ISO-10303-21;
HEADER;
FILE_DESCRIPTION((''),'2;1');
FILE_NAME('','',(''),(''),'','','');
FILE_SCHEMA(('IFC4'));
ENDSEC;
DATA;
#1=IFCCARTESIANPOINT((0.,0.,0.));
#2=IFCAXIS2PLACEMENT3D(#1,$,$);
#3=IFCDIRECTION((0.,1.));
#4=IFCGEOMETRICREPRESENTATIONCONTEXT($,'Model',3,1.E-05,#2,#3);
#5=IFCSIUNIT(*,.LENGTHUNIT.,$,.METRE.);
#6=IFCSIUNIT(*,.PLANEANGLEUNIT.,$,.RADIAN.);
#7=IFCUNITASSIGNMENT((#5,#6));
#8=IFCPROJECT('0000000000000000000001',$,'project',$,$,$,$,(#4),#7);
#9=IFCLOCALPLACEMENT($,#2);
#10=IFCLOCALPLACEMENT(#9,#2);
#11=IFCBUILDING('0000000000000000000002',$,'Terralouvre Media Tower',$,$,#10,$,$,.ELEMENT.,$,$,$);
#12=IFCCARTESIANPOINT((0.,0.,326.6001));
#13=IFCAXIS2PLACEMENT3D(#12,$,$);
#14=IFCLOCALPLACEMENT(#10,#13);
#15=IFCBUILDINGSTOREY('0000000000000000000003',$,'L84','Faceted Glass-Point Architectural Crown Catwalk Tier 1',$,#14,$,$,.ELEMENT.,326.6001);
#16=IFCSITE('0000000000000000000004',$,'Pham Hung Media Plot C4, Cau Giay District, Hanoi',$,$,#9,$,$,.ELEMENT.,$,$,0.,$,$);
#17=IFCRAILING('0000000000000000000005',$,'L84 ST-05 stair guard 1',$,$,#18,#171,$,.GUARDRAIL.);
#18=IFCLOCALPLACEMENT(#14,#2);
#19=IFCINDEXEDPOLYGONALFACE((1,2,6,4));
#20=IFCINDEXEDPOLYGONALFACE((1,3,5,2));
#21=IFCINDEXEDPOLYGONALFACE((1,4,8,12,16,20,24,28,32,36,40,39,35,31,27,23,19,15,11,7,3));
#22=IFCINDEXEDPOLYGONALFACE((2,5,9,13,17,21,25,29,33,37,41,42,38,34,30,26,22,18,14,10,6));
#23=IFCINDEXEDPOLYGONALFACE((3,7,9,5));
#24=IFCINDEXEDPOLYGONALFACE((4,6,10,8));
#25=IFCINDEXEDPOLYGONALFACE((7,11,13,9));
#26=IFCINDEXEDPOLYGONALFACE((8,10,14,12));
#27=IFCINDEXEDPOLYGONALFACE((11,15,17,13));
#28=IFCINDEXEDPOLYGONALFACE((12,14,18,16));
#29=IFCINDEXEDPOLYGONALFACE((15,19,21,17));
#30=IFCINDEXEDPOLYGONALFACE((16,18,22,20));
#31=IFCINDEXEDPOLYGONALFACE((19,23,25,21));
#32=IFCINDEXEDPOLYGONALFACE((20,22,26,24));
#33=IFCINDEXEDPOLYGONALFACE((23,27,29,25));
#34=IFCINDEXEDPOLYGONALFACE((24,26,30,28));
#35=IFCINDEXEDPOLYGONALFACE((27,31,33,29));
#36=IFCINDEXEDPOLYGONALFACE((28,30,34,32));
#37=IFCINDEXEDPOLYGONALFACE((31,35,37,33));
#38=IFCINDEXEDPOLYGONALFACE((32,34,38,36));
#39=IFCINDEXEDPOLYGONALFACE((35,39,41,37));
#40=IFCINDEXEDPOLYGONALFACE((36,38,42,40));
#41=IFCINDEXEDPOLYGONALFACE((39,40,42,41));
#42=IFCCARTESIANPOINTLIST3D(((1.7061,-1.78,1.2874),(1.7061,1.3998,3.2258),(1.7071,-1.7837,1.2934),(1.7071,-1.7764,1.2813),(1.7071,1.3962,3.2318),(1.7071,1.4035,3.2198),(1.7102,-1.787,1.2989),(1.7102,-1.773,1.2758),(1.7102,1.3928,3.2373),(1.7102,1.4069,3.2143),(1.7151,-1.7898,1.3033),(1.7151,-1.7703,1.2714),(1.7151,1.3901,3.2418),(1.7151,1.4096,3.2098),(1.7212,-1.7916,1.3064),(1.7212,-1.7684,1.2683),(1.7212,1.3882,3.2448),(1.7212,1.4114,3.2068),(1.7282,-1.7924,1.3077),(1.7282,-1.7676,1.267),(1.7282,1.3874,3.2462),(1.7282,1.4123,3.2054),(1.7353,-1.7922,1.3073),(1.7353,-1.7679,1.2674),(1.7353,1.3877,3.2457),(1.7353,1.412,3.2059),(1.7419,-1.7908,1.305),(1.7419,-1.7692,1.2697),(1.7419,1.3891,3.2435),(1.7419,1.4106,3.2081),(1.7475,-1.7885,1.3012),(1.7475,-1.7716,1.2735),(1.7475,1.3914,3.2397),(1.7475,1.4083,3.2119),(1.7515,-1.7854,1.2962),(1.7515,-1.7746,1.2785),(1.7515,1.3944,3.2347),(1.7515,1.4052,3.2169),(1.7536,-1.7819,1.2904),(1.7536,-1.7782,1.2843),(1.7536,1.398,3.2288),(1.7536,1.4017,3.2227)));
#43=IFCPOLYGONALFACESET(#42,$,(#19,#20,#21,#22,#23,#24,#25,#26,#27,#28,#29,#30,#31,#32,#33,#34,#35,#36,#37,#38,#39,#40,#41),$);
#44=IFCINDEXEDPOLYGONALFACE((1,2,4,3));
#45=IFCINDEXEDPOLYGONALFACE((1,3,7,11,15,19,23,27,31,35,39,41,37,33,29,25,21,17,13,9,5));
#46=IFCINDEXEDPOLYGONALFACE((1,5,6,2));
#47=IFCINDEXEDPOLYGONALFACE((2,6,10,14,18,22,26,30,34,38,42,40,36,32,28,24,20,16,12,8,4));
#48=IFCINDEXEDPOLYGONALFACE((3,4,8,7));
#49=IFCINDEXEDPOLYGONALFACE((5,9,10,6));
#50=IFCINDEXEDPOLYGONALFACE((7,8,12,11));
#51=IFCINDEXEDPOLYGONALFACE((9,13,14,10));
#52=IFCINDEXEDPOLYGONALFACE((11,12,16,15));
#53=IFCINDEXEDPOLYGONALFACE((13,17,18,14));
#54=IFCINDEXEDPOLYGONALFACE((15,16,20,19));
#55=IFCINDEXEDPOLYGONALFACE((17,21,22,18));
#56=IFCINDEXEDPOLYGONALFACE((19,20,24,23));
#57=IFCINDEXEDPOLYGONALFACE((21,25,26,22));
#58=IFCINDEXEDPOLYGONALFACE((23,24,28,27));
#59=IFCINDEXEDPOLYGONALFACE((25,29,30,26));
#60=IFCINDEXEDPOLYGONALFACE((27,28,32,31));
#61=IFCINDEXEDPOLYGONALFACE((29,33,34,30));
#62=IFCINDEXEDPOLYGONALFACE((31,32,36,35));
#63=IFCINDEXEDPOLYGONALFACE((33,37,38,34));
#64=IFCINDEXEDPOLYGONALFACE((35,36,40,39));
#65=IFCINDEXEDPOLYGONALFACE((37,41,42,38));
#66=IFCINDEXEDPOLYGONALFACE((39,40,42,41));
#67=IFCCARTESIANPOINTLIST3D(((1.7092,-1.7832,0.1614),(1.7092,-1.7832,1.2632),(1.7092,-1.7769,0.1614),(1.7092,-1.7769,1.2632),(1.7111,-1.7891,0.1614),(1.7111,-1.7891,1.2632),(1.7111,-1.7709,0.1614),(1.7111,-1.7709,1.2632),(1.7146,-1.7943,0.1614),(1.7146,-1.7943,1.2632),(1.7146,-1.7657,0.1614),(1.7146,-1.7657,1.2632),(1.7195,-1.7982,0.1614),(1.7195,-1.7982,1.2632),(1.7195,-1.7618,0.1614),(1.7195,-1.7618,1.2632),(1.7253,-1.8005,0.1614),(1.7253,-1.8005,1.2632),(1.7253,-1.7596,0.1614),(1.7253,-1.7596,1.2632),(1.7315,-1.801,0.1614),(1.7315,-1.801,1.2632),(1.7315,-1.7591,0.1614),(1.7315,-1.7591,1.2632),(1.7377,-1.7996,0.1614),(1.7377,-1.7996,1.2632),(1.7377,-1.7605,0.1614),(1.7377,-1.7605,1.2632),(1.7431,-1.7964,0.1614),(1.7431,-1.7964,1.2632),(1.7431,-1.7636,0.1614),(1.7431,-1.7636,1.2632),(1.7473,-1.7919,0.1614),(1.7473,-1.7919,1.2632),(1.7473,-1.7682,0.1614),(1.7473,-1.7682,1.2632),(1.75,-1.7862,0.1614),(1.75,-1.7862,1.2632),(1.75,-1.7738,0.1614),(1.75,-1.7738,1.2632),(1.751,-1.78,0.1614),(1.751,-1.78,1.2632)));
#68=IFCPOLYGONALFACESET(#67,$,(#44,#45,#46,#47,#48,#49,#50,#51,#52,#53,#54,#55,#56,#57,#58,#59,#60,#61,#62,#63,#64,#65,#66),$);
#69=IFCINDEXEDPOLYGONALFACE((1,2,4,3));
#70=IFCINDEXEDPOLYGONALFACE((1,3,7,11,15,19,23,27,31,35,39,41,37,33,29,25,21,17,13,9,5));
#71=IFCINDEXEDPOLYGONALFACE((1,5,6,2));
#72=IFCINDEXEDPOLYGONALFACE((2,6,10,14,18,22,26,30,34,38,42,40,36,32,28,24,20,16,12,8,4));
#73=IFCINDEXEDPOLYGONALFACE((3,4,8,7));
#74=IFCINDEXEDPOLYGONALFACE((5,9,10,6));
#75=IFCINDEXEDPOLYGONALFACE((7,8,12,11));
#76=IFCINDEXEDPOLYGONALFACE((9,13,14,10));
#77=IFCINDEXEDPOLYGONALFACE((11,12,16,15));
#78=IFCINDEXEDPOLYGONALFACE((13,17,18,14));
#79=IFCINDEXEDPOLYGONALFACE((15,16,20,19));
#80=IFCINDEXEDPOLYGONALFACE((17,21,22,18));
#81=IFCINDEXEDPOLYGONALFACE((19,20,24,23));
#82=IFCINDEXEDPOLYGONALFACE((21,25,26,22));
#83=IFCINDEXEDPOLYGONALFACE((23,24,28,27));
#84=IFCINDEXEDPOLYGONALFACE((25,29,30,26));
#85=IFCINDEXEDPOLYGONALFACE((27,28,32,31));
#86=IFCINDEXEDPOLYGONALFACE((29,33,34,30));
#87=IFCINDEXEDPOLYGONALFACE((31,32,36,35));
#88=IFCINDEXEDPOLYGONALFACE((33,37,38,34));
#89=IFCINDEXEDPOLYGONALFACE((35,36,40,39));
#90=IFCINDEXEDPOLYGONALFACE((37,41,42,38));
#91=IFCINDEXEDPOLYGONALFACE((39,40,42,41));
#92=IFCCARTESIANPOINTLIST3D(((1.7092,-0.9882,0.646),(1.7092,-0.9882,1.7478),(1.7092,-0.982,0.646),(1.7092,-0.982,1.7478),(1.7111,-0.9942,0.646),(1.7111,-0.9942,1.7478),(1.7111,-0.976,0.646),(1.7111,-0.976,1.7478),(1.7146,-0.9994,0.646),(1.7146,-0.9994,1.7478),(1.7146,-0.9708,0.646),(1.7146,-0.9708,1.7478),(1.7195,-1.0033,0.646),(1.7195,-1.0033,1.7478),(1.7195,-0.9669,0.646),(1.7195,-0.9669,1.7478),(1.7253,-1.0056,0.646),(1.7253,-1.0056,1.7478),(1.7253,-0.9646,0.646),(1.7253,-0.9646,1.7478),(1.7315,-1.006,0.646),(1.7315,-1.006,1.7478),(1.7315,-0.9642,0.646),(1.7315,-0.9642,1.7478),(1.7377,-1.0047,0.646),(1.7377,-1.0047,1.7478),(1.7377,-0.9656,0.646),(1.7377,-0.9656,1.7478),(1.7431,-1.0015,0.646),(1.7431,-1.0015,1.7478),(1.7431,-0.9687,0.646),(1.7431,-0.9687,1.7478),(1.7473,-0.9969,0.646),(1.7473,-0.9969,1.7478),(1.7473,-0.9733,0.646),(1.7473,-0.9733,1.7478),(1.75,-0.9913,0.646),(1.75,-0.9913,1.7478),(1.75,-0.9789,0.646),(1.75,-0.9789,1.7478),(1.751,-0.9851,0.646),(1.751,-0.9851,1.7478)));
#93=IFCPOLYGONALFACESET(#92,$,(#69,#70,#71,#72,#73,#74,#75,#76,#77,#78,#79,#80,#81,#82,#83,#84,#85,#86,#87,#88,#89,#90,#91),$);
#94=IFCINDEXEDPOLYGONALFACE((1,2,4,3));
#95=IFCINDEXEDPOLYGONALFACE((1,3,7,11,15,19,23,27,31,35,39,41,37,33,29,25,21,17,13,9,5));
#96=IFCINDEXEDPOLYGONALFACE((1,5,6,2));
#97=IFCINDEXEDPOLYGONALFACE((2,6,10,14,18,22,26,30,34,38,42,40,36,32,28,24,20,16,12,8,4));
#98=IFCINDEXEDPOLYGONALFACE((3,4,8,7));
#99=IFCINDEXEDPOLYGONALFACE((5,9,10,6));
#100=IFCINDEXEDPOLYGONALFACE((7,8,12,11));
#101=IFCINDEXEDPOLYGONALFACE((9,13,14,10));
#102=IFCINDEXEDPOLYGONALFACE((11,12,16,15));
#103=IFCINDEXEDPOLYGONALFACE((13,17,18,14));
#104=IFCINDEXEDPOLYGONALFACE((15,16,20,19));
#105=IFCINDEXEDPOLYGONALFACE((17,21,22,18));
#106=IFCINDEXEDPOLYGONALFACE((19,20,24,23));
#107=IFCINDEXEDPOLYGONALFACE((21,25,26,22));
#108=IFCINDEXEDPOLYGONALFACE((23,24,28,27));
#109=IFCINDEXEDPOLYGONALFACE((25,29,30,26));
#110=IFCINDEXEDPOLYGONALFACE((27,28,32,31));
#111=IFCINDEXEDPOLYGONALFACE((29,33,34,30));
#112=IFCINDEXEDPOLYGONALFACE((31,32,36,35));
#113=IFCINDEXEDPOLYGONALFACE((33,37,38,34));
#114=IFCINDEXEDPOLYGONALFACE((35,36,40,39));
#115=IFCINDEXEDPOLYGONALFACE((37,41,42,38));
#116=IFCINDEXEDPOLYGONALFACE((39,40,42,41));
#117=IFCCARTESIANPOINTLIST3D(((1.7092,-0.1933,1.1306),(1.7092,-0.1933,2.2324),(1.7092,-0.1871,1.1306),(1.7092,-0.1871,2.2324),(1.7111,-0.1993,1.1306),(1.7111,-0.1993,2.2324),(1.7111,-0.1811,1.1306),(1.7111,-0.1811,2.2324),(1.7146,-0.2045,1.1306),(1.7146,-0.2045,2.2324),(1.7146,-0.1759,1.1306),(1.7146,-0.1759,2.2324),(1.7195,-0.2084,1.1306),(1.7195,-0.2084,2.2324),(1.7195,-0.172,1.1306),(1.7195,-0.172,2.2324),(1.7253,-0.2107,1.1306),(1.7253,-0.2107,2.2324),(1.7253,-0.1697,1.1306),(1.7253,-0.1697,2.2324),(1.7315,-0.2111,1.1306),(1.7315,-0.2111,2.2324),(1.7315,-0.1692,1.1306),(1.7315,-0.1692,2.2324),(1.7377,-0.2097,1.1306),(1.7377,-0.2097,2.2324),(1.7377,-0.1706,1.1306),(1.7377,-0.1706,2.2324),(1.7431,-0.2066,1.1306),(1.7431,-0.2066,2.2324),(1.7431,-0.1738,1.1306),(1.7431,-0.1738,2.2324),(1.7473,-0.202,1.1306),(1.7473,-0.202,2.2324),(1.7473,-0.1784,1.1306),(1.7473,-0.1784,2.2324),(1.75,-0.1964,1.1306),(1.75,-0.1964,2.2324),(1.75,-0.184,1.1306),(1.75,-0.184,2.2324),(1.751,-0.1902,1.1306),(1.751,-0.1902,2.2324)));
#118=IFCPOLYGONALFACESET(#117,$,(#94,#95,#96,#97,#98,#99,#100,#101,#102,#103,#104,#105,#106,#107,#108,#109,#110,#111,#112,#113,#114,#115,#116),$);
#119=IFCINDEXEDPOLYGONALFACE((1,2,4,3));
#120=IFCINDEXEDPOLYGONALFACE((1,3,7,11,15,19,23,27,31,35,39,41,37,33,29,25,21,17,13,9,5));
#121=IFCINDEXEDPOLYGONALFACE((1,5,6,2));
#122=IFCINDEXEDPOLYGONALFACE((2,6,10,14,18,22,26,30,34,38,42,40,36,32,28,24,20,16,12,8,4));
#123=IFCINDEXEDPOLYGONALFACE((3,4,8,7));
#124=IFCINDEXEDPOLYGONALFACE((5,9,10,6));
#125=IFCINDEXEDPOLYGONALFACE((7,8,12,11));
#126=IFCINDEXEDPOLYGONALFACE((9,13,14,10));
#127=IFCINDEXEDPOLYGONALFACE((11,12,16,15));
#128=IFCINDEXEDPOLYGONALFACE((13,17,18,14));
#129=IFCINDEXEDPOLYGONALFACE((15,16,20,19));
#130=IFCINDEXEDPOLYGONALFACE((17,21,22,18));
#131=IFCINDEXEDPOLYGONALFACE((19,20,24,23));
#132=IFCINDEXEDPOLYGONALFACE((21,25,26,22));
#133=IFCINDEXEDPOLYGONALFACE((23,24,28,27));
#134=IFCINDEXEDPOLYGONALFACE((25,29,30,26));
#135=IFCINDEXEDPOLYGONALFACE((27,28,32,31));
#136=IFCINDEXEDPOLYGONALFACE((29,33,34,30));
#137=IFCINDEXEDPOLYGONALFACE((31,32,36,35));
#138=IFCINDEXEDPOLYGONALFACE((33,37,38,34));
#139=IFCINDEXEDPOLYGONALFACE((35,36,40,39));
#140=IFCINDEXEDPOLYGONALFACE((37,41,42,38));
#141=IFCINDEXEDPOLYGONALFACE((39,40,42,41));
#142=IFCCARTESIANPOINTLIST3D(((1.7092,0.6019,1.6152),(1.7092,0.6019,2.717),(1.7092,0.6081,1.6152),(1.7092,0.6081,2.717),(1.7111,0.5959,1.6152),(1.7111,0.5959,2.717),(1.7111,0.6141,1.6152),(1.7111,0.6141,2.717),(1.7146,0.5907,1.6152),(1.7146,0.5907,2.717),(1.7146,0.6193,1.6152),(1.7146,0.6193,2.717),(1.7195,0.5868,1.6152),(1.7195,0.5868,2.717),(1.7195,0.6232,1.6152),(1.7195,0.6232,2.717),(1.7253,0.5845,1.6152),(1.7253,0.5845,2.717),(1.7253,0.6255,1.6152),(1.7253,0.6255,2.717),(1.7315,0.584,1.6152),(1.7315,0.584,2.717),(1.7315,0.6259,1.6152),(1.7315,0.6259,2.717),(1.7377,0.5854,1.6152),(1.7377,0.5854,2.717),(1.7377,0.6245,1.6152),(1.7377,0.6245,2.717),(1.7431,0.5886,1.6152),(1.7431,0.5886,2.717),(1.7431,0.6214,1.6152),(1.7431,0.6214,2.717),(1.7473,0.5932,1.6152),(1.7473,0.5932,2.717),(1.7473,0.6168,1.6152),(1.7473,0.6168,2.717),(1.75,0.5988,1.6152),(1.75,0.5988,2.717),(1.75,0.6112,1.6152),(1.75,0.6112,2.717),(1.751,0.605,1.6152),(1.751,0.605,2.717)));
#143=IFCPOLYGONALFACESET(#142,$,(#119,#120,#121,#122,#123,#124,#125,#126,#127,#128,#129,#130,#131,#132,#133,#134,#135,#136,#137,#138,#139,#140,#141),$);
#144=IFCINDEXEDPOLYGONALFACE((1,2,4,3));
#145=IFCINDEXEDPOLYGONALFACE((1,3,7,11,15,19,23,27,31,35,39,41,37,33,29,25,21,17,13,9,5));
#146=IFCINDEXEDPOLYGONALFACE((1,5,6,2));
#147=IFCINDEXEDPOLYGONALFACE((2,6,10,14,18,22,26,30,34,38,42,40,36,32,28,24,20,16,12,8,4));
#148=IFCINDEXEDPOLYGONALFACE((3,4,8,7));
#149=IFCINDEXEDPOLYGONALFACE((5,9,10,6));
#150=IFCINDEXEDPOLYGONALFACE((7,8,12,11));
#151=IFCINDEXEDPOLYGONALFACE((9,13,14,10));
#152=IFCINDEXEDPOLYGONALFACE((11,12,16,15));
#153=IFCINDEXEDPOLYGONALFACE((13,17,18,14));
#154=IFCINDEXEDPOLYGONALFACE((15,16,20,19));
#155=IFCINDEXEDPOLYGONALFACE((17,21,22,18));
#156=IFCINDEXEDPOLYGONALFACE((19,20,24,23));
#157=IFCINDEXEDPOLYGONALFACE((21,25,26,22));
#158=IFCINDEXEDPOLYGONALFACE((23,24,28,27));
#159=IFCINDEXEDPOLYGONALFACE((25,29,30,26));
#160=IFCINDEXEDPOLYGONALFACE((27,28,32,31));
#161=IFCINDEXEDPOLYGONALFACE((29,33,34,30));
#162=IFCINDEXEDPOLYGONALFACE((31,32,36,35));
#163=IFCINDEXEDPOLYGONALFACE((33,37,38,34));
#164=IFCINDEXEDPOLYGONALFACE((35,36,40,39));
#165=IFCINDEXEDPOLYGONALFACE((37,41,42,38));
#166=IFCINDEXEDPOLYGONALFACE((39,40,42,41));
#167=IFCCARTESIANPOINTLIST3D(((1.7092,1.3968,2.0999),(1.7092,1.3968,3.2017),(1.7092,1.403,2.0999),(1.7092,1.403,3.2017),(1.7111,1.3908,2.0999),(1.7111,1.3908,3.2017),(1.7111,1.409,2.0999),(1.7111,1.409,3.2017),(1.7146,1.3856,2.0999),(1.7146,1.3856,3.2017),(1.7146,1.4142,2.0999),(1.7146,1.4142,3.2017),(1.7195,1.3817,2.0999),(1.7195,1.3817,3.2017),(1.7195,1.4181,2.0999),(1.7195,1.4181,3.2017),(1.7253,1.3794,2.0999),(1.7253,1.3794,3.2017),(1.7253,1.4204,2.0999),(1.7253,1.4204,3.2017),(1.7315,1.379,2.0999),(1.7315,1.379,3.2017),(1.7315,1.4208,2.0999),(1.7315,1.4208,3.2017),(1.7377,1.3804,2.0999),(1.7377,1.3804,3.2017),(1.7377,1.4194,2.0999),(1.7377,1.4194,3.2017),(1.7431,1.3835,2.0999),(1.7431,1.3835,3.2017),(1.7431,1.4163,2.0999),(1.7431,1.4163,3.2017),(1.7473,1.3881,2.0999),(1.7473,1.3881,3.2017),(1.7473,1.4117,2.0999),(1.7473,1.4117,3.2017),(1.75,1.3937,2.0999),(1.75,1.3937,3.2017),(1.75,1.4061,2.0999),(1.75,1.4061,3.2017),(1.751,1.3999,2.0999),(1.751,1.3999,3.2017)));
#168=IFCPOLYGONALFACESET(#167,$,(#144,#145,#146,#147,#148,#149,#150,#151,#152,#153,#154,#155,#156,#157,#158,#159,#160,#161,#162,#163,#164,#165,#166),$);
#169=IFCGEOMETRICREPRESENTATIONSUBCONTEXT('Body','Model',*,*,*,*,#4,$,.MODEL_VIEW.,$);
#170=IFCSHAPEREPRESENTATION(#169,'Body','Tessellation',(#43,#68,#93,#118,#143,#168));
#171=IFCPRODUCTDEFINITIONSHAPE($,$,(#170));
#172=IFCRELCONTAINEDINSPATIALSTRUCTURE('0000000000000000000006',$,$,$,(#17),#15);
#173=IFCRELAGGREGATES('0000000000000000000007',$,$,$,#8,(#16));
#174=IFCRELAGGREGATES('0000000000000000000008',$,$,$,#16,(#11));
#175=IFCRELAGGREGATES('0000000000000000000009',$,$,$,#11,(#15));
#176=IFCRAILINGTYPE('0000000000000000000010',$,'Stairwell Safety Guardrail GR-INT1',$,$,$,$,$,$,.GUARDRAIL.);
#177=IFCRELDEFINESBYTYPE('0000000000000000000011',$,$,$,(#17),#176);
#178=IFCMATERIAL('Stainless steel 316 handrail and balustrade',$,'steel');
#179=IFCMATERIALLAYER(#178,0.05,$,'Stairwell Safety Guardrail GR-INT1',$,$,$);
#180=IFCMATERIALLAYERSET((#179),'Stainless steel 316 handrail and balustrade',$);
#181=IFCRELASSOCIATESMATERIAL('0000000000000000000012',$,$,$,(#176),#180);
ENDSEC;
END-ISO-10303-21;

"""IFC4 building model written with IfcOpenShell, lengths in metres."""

from ifc_helpers import new_model, si_unit, direction, frame, origin, origin_2d, place, context, subcontext, project, spatial, circle, extrude, material, layer, layer_set, type_object, element, save


model = new_model("IFC4")

# Units and contexts
model_context = context("Model", 3, precision=1e-05, world=origin(), true_north=direction((0.0, 1.0)))
body_context = subcontext(model_context, "Body", "Model", "MODEL_VIEW")
ifc_project = project(units=[si_unit("LENGTHUNIT", "METRE"), si_unit("PLANEANGLEUNIT", "RADIAN")], contexts=[model_context])

# Site, building, storey
site_placement = place(None, origin())
site = spatial("IfcSite", under=ifc_project, at=site_placement, Name="Pham Hung Media Plot C4, Cau Giay District, Hanoi", CompositionType="ELEMENT", RefElevation=0.0)
building_placement = place(site_placement, origin())
building = spatial("IfcBuilding", under=site, at=building_placement, Name="Terralouvre Media Tower", CompositionType="ELEMENT")
storey_placement = place(building_placement, frame((0.0, 0.0, 326.6001)))
storey = spatial("IfcBuildingStorey", under=building, at=storey_placement, Name="L84", Description="Faceted Glass-Point Architectural Crown Catwalk Tier 1", CompositionType="ELEMENT", Elevation=326.6001)

# Railing
ifc_material_1 = material(Name="Stainless steel 316 handrail and balustrade", Category="steel")
ifc_layer_1 = layer(ifc_material_1, 0.05, Name="Stairwell Safety Guardrail GR-INT1")
ifc_layer_set_1 = layer_set([ifc_layer_1], Name="Stainless steel 316 handrail and balustrade")
railing_type_1 = type_object("IfcRailingType", Name="Stairwell Safety Guardrail GR-INT1", PredefinedType="GUARDRAIL", material=ifc_layer_set_1)
railing_1_placement = place(storey_placement, frame((1.73, -1.78, 0.1614)))
element("IfcRailing", 1, at=railing_1_placement, inside=storey, type_object=railing_type_1, Name="L84 ST-05 stair guard 1", PredefinedType="GUARDRAIL", context=body_context, shape_type="SweptSolid", body=[
    extrude(circle(Radius=0.0239, at=origin_2d()), frame((0.0, 0.0, 1.126), z_axis=(0.0, 0.853857, 0.520508), x_axis=(-1.0, 0.0, 0.0)), (0.0, 0.0, 1.0), 3.7241),
    extrude(circle(Radius=0.021, at=origin_2d()), origin(), (0.0, 0.0, 1.0), 1.1018),
    extrude(circle(Radius=0.021, at=origin_2d()), frame((0.0, 0.7949, 0.4846)), (0.0, 0.0, 1.0), 1.1018),
    extrude(circle(Radius=0.021, at=origin_2d()), frame((0.0, 1.5898, 0.9692)), (0.0, 0.0, 1.0), 1.1018),
    extrude(circle(Radius=0.021, at=origin_2d()), frame((0.0, 2.385, 1.4539)), (0.0, 0.0, 1.0), 1.1018),
    extrude(circle(Radius=0.021, at=origin_2d()), frame((0.0, 3.1799, 1.9385)), (0.0, 0.0, 1.0), 1.1018),
])

save(model, "model.ifc")
